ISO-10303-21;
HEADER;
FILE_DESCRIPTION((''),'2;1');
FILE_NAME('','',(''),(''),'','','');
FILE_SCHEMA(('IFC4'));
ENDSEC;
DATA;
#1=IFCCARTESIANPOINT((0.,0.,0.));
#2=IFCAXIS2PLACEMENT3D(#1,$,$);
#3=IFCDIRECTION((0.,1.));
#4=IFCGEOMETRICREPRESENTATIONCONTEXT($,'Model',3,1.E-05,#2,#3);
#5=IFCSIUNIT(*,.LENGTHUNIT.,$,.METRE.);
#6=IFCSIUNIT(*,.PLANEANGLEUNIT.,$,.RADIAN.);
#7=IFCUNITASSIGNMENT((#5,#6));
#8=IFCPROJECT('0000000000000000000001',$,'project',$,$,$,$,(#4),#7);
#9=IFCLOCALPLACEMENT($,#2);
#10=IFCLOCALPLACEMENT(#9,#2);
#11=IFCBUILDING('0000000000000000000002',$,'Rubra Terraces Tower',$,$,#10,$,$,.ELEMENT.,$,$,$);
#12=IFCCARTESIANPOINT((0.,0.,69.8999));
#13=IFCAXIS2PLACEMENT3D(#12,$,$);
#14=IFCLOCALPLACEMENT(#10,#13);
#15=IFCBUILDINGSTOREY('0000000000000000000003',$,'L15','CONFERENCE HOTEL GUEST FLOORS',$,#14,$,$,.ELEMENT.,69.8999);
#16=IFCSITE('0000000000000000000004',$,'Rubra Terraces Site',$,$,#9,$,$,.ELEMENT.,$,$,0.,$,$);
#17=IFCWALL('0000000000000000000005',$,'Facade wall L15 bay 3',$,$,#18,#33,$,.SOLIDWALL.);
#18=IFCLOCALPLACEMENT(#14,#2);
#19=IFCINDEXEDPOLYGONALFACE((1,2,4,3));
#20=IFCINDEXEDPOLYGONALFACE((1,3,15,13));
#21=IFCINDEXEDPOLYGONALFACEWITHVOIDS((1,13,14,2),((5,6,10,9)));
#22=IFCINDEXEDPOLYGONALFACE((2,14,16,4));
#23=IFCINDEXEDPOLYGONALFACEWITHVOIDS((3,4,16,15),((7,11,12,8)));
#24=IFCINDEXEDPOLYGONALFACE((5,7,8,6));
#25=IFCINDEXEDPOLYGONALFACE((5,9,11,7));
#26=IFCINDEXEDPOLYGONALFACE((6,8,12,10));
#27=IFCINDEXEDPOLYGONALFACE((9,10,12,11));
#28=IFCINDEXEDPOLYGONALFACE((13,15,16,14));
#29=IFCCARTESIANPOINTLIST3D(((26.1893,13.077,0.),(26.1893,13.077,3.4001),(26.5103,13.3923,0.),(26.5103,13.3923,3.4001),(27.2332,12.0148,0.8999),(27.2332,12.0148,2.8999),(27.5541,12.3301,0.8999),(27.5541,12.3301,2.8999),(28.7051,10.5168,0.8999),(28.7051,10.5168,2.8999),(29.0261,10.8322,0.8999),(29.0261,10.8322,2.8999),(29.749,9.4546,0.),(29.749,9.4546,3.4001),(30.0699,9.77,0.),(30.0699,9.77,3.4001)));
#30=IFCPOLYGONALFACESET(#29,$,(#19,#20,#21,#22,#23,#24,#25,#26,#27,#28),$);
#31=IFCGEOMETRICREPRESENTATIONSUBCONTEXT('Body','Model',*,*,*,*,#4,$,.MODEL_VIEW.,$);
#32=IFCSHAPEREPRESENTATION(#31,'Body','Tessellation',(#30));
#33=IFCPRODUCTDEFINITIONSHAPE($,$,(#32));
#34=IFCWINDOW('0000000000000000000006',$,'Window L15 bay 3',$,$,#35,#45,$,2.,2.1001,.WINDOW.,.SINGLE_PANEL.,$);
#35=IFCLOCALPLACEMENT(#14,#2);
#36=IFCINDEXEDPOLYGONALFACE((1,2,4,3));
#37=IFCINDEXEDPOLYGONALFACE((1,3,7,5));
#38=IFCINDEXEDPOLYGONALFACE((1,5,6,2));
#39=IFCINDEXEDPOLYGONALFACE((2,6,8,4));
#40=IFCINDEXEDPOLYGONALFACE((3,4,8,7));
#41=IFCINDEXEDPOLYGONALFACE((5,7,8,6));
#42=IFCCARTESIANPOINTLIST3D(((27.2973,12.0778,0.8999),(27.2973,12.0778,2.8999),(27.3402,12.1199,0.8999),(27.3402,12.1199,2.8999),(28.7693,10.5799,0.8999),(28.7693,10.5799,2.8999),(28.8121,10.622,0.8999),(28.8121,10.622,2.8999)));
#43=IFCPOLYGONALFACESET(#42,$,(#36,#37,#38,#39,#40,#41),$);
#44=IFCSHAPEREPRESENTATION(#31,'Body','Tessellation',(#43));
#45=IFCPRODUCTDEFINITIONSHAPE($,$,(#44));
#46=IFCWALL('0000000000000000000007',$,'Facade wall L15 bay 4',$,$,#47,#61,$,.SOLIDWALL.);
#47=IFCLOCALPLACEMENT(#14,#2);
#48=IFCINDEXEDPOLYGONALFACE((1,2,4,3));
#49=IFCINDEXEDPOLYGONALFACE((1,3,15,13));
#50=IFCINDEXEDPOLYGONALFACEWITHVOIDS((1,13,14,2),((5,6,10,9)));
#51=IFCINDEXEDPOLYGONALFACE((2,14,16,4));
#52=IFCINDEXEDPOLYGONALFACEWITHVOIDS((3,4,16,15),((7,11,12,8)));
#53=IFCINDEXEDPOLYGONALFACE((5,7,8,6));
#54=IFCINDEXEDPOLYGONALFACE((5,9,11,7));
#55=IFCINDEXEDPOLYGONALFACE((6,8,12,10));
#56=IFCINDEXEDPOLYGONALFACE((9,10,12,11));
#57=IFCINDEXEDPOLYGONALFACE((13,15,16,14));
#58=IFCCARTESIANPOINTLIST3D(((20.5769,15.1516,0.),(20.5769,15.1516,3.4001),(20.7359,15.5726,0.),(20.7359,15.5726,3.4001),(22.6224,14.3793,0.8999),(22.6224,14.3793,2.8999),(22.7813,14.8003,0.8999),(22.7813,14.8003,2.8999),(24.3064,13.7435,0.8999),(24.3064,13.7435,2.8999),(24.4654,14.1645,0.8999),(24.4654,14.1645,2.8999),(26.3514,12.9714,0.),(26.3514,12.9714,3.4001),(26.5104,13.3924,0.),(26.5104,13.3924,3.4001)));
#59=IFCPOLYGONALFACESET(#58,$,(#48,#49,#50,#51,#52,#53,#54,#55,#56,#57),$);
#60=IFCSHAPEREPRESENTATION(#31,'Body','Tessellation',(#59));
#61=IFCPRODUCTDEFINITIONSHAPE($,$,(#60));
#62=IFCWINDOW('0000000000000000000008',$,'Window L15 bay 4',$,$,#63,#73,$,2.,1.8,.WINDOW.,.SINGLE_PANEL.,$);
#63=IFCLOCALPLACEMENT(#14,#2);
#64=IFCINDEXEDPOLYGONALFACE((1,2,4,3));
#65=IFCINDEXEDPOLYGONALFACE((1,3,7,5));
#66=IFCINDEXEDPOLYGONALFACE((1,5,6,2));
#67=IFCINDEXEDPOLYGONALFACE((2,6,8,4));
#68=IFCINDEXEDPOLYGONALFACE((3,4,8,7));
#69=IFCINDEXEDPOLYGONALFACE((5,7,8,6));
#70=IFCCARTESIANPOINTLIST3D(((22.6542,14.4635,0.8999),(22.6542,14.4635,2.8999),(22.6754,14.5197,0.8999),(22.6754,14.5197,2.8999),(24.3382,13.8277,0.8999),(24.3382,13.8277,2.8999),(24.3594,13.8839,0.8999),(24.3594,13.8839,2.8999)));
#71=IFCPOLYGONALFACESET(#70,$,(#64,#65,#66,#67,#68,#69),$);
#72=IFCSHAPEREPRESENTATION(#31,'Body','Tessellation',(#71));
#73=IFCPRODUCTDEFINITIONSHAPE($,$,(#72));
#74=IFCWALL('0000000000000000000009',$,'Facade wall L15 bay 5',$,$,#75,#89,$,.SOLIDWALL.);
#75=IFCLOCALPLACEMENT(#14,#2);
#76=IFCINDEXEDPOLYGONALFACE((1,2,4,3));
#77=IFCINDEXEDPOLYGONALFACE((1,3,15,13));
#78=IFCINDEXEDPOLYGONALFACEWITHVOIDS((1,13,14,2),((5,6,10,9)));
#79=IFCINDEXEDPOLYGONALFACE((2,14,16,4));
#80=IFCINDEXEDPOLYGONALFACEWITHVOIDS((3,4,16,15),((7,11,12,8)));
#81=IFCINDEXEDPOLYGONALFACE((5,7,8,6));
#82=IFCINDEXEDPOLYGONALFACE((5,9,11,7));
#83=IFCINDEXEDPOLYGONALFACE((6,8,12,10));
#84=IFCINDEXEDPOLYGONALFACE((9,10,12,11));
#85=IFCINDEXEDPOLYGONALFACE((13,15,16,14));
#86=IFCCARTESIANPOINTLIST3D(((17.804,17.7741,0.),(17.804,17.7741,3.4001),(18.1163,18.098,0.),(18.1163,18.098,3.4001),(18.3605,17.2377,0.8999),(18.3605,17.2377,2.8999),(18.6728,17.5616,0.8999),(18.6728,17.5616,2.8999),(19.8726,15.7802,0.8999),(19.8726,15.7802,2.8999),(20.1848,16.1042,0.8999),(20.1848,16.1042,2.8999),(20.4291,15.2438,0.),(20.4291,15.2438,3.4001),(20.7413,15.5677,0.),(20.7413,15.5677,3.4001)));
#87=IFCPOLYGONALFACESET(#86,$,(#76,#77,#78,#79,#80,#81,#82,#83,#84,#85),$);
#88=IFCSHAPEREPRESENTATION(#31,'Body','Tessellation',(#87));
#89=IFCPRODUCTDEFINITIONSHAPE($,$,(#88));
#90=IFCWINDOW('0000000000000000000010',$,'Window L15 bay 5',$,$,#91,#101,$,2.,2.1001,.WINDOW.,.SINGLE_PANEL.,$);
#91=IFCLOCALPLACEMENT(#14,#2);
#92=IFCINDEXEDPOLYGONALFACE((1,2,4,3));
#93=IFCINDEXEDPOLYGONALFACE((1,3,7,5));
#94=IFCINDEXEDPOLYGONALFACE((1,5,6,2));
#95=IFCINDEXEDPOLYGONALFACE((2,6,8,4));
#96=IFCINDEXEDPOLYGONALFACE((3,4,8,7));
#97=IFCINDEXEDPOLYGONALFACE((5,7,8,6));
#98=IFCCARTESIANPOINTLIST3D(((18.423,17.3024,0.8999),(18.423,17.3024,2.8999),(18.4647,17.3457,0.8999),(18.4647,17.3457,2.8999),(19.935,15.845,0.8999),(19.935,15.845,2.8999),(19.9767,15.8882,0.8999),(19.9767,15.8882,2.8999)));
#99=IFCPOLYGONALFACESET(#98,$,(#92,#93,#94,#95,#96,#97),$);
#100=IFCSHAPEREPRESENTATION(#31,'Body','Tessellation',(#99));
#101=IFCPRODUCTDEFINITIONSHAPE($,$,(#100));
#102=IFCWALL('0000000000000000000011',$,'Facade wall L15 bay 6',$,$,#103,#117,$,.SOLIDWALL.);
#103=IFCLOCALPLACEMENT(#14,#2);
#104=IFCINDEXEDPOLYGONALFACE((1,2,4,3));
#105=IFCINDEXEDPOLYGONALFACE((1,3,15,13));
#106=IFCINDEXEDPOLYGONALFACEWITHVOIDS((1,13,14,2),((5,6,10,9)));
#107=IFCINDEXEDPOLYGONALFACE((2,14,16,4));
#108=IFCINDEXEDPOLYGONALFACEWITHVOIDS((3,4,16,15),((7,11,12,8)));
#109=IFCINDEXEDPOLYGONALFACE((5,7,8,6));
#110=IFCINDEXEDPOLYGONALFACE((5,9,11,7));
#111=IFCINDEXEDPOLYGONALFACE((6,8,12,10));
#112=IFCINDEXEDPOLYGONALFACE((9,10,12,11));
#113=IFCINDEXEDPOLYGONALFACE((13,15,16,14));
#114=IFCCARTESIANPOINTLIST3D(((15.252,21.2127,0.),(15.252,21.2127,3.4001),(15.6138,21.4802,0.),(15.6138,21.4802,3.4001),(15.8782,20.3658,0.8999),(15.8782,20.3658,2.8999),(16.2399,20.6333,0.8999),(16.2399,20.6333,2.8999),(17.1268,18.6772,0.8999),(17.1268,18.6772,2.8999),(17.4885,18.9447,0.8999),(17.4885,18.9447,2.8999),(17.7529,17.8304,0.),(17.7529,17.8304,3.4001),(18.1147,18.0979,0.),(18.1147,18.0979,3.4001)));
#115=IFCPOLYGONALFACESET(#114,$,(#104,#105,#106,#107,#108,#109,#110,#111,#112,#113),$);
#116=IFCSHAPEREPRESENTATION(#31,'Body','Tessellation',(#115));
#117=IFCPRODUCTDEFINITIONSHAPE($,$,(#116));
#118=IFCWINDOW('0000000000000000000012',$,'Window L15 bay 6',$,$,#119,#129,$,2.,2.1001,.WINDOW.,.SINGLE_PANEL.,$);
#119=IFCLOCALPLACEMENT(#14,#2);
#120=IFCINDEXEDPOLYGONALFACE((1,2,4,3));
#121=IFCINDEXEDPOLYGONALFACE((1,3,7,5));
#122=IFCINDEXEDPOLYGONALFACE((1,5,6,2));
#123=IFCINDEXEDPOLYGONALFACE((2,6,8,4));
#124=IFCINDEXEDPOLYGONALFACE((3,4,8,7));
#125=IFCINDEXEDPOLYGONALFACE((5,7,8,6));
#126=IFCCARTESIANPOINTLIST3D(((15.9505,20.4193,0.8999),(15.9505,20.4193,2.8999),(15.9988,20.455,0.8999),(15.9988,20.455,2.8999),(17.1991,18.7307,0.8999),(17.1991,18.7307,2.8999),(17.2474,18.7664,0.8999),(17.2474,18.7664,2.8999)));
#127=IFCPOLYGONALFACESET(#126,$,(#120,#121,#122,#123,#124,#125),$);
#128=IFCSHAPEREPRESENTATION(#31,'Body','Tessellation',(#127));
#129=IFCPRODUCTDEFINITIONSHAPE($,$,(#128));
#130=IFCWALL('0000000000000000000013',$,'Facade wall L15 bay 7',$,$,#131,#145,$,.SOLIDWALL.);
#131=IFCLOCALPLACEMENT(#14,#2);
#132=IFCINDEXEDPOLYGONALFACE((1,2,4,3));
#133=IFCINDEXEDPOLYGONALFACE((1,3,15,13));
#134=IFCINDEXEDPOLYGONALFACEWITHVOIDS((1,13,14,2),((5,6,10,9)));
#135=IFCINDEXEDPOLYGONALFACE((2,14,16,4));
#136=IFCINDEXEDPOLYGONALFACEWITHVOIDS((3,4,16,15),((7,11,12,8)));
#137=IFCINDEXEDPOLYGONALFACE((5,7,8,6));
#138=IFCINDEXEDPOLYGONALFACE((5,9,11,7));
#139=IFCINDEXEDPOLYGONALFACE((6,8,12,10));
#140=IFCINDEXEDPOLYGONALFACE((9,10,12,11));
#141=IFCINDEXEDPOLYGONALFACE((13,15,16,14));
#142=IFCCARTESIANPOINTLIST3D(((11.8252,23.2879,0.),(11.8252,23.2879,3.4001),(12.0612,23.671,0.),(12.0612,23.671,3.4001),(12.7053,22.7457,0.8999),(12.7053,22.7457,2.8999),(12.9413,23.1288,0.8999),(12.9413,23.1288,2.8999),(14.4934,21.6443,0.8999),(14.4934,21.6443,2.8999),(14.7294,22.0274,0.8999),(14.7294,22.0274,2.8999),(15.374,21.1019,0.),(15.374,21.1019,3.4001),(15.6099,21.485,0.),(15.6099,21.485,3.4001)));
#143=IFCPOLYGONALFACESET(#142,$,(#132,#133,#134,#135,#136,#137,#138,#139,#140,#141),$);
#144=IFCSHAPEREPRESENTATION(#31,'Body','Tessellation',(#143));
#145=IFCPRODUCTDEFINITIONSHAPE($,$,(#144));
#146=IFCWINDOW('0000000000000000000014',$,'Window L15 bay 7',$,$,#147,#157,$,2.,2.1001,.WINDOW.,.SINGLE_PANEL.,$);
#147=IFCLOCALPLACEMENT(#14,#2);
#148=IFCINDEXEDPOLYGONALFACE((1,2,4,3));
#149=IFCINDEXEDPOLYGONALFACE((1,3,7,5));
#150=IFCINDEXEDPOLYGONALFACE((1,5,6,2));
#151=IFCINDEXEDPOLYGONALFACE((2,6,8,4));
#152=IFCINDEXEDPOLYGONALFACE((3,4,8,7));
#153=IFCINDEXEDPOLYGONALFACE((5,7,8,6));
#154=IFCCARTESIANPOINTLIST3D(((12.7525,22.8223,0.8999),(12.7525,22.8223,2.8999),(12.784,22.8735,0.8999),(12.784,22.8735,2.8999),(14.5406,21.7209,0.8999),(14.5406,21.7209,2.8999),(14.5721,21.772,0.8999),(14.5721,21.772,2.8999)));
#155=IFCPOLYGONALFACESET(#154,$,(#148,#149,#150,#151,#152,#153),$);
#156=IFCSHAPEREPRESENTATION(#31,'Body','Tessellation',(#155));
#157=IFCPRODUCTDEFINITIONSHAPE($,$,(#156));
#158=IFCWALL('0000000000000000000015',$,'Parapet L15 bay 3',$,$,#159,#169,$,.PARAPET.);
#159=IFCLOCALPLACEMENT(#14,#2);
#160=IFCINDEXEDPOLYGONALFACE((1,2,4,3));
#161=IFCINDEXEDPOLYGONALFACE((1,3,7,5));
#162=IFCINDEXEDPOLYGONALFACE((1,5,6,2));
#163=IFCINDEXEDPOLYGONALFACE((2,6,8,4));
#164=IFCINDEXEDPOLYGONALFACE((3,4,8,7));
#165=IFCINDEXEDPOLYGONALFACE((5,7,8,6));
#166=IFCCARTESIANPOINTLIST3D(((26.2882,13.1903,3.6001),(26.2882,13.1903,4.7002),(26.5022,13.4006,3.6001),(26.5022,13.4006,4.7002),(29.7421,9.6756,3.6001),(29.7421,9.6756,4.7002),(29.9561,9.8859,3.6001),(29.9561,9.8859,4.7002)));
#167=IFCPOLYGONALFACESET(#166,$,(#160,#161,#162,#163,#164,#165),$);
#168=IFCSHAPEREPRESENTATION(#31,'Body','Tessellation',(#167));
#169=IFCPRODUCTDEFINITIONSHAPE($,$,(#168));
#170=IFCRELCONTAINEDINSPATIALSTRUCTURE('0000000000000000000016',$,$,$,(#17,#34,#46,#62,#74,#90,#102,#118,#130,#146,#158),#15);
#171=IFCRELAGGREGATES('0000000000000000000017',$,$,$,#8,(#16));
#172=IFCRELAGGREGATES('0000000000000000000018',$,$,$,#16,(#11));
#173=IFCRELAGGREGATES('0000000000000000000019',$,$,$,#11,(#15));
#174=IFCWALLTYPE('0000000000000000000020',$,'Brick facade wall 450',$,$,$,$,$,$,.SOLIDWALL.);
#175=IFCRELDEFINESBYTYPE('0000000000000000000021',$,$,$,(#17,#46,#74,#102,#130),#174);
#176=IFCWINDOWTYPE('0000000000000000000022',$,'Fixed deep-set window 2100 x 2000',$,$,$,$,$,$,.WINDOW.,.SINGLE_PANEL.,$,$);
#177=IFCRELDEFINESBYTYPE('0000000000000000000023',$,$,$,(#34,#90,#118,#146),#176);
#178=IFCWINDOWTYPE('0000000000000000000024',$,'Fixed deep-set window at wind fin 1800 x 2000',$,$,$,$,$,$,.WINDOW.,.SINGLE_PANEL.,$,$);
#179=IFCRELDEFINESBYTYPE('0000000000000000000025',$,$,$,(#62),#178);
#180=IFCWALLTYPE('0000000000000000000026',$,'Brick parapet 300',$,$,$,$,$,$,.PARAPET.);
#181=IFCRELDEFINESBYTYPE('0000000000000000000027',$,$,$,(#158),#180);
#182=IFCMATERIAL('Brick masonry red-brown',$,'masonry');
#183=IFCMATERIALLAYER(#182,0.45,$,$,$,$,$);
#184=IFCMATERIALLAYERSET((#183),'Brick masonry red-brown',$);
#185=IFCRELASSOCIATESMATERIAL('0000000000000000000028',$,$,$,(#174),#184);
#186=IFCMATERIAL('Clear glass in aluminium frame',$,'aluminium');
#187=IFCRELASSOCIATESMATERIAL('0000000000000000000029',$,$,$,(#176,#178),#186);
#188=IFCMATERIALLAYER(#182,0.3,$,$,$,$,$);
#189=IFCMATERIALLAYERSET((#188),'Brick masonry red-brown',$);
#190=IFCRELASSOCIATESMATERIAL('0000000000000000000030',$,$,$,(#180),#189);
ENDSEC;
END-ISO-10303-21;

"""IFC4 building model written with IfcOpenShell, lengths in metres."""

from ifc_helpers import new_model, si_unit, direction, frame, frame_2d, origin, place, context, subcontext, project, spatial, rectangle, extrude, material, layer, layer_set, type_object, element, fill, save


model = new_model("IFC4")

# Units and contexts
model_context = context("Model", 3, precision=1e-05, world=origin(), true_north=direction((0.0, 1.0)))
body_context = subcontext(model_context, "Body", "Model", "MODEL_VIEW")
ifc_project = project(units=[si_unit("LENGTHUNIT", "METRE"), si_unit("PLANEANGLEUNIT", "RADIAN")], contexts=[model_context])

# Site, building, storey
site_placement = place(None, origin())
site = spatial("IfcSite", under=ifc_project, at=site_placement, Name="Rubra Terraces Site", CompositionType="ELEMENT", RefElevation=0.0)
building_placement = place(site_placement, origin())
building = spatial("IfcBuilding", under=site, at=building_placement, Name="Rubra Terraces Tower", CompositionType="ELEMENT")
storey_placement = place(building_placement, frame((0.0, 0.0, 69.8999)))
storey = spatial("IfcBuildingStorey", under=building, at=storey_placement, Name="L15", Description="CONFERENCE HOTEL GUEST FLOORS", CompositionType="ELEMENT", Elevation=69.8999)

# Walls, openings, windows
ifc_material_1 = material(Name="Brick masonry red-brown", Category="masonry")
ifc_layer_1 = layer(ifc_material_1, 0.45)
ifc_layer_set_1 = layer_set([ifc_layer_1], Name="Brick masonry red-brown")
wall_type_1 = type_object("IfcWallType", Name="Brick facade wall 450", PredefinedType="SOLIDWALL", material=ifc_layer_set_1)
wall_1_placement = place(storey_placement, frame((29.9094, 9.6123, 0.0), z_axis=(0.0, 0.0, 1.0), x_axis=(-0.700902, 0.713257, 0.0)))
wall_1 = element("IfcWall", 1, at=wall_1_placement, inside=storey, type_object=wall_type_1, Name="Facade wall L15 bay 3", PredefinedType="SOLIDWALL", context=body_context, shape_type="SweptSolid", body=[
    extrude(rectangle(XDim=5.0786, YDim=0.45, at=frame_2d((2.5393, 0.0))), origin(), (0.0, 0.0, 1.0), 3.4001),
])
opening_1_placement = place(wall_1_placement, frame((1.4893, 0.0, 0.8999)))
opening_1 = element("IfcOpeningElement", 2, at=opening_1_placement, cuts=wall_1, PredefinedType="OPENING", context=body_context, shape_type="SweptSolid", body=[
    extrude(rectangle(XDim=2.1001, YDim=2.0, at=frame_2d((1.05, 1.0))), frame((0.0, 0.2349, 0.0), z_axis=(0.0, -1.0, 0.0), x_axis=(1.0, 0.0, 0.0)), (0.0, 0.0, 1.0), 0.47),
])
ifc_material_2 = material(Name="Clear glass in aluminium frame", Category="aluminium")
window_type_1 = type_object("IfcWindowType", Name="Fixed deep-set window 2100 x 2000", PartitioningType="SINGLE_PANEL", PredefinedType="WINDOW", material=ifc_material_2)
window_1_placement = place(opening_1_placement, origin())
window_1 = element("IfcWindow", 3, at=window_1_placement, inside=storey, type_object=window_type_1, Name="Window L15 bay 3", OverallHeight=2.0, OverallWidth=2.1001, PartitioningType="SINGLE_PANEL", PredefinedType="WINDOW", context=body_context, shape_type="SweptSolid", body=[
    extrude(rectangle(XDim=2.1001, YDim=2.0, at=frame_2d((1.05, 1.0))), frame((0.0, 0.135, 0.0), z_axis=(0.0, -1.0, 0.0), x_axis=(1.0, 0.0, 0.0)), (0.0, 0.0, 1.0), 0.0601),
])
fill(opening_1, window_1)
wall_2_placement = place(storey_placement, frame((26.4309, 13.1819, 0.0), z_axis=(0.0, 0.0, 1.0), x_axis=(-0.93554, 0.353221, 0.0)))
wall_2 = element("IfcWall", 4, at=wall_2_placement, inside=storey, type_object=wall_type_1, Name="Facade wall L15 bay 4", PredefinedType="SOLIDWALL", context=body_context, shape_type="SweptSolid", body=[
    extrude(rectangle(XDim=6.1724, YDim=0.45, at=frame_2d((3.0862, 0.0))), origin(), (0.0, 0.0, 1.0), 3.4001),
])
opening_2_placement = place(wall_2_placement, frame((2.186, 0.0, 0.8999)))
opening_2 = element("IfcOpeningElement", 5, at=opening_2_placement, cuts=wall_2, PredefinedType="OPENING", context=body_context, shape_type="SweptSolid", body=[
    extrude(rectangle(XDim=1.8, YDim=2.0, at=frame_2d((0.8999, 1.0))), frame((0.0, 0.2349, 0.0), z_axis=(0.0, -1.0, 0.0), x_axis=(1.0, 0.0, 0.0)), (0.0, 0.0, 1.0), 0.47),
])
window_type_2 = type_object("IfcWindowType", Name="Fixed deep-set window at wind fin 1800 x 2000", PartitioningType="SINGLE_PANEL", PredefinedType="WINDOW", material=ifc_material_2)
window_2_placement = place(opening_2_placement, origin())
window_2 = element("IfcWindow", 6, at=window_2_placement, inside=storey, type_object=window_type_2, Name="Window L15 bay 4", OverallHeight=2.0, OverallWidth=1.8, PartitioningType="SINGLE_PANEL", PredefinedType="WINDOW", context=body_context, shape_type="SweptSolid", body=[
    extrude(rectangle(XDim=1.8, YDim=2.0, at=frame_2d((0.8999, 1.0))), frame((0.0, 0.135, 0.0), z_axis=(0.0, -1.0, 0.0), x_axis=(1.0, 0.0, 0.0)), (0.0, 0.0, 1.0), 0.0601),
])
fill(opening_2, window_2)
wall_3_placement = place(storey_placement, frame((20.5852, 15.4058, 0.0), z_axis=(0.0, 0.0, 1.0), x_axis=(-0.719978, 0.693997, 0.0)))
wall_3 = element("IfcWall", 7, at=wall_3_placement, inside=storey, type_object=wall_type_1, Name="Facade wall L15 bay 5", PredefinedType="SOLIDWALL", context=body_context, shape_type="SweptSolid", body=[
    extrude(rectangle(XDim=3.646, YDim=0.45, at=frame_2d((1.823, 0.0))), origin(), (0.0, 0.0, 1.0), 3.4001),
])
opening_3_placement = place(wall_3_placement, frame((0.7729, 0.0, 0.8999)))
opening_3 = element("IfcOpeningElement", 8, at=opening_3_placement, cuts=wall_3, PredefinedType="OPENING", context=body_context, shape_type="SweptSolid", body=[
    extrude(rectangle(XDim=2.1001, YDim=2.0, at=frame_2d((1.05, 1.0))), frame((0.0, 0.2349, 0.0), z_axis=(0.0, -1.0, 0.0), x_axis=(1.0, 0.0, 0.0)), (0.0, 0.0, 1.0), 0.47),
])
window_3_placement = place(opening_3_placement, origin())
window_3 = element("IfcWindow", 9, at=window_3_placement, inside=storey, type_object=window_type_1, Name="Window L15 bay 5", OverallHeight=2.0, OverallWidth=2.1001, PartitioningType="SINGLE_PANEL", PredefinedType="WINDOW", context=body_context, shape_type="SweptSolid", body=[
    extrude(rectangle(XDim=2.1001, YDim=2.0, at=frame_2d((1.05, 1.0))), frame((0.0, 0.135, 0.0), z_axis=(0.0, -1.0, 0.0), x_axis=(1.0, 0.0, 0.0)), (0.0, 0.0, 1.0), 0.0601),
])
fill(opening_3, window_3)
wall_4_placement = place(storey_placement, frame((17.9338, 17.9641, 0.0), z_axis=(0.0, 0.0, 1.0), x_axis=(-0.594544, 0.804063, 0.0)))
wall_4 = element("IfcWall", 10, at=wall_4_placement, inside=storey, type_object=wall_type_1, Name="Facade wall L15 bay 6", PredefinedType="SOLIDWALL", context=body_context, shape_type="SweptSolid", body=[
    extrude(rectangle(XDim=4.2065, YDim=0.45, at=frame_2d((2.1033, 0.0))), origin(), (0.0, 0.0, 1.0), 3.4001),
])
opening_4_placement = place(wall_4_placement, frame((1.0532, 0.0, 0.8999)))
opening_4 = element("IfcOpeningElement", 11, at=opening_4_placement, cuts=wall_4, PredefinedType="OPENING", context=body_context, shape_type="SweptSolid", body=[
    extrude(rectangle(XDim=2.1001, YDim=2.0, at=frame_2d((1.05, 1.0))), frame((0.0, 0.2349, 0.0), z_axis=(0.0, -1.0, 0.0), x_axis=(1.0, 0.0, 0.0)), (0.0, 0.0, 1.0), 0.47),
])
window_4_placement = place(opening_4_placement, origin())
window_4 = element("IfcWindow", 12, at=window_4_placement, inside=storey, type_object=window_type_1, Name="Window L15 bay 6", OverallHeight=2.0, OverallWidth=2.1001, PartitioningType="SINGLE_PANEL", PredefinedType="WINDOW", context=body_context, shape_type="SweptSolid", body=[
    extrude(rectangle(XDim=2.1001, YDim=2.0, at=frame_2d((1.05, 1.0))), frame((0.0, 0.135, 0.0), z_axis=(0.0, -1.0, 0.0), x_axis=(1.0, 0.0, 0.0)), (0.0, 0.0, 1.0), 0.0601),
])
fill(opening_4, window_4)
wall_5_placement = place(storey_placement, frame((15.4919, 21.2935, 0.0), z_axis=(0.0, 0.0, 1.0), x_axis=(-0.851429, 0.52447, 0.0)))
wall_5 = element("IfcWall", 13, at=wall_5_placement, inside=storey, type_object=wall_type_1, Name="Facade wall L15 bay 7", PredefinedType="SOLIDWALL", context=body_context, shape_type="SweptSolid", body=[
    extrude(rectangle(XDim=4.168, YDim=0.45, at=frame_2d((2.084, 0.0))), origin(), (0.0, 0.0, 1.0), 3.4001),
])
opening_5_placement = place(wall_5_placement, frame((1.0342, 0.0, 0.8999)))
opening_5 = element("IfcOpeningElement", 14, at=opening_5_placement, cuts=wall_5, PredefinedType="OPENING", context=body_context, shape_type="SweptSolid", body=[
    extrude(rectangle(XDim=2.1001, YDim=2.0, at=frame_2d((1.05, 1.0))), frame((0.0, 0.2349, 0.0), z_axis=(0.0, -1.0, 0.0), x_axis=(1.0, 0.0, 0.0)), (0.0, 0.0, 1.0), 0.47),
])
window_5_placement = place(opening_5_placement, origin())
window_5 = element("IfcWindow", 15, at=window_5_placement, inside=storey, type_object=window_type_1, Name="Window L15 bay 7", OverallHeight=2.0, OverallWidth=2.1001, PartitioningType="SINGLE_PANEL", PredefinedType="WINDOW", context=body_context, shape_type="SweptSolid", body=[
    extrude(rectangle(XDim=2.1001, YDim=2.0, at=frame_2d((1.05, 1.0))), frame((0.0, 0.135, 0.0), z_axis=(0.0, -1.0, 0.0), x_axis=(1.0, 0.0, 0.0)), (0.0, 0.0, 1.0), 0.0601),
])
fill(opening_5, window_5)

# Wall
ifc_layer_2 = layer(ifc_material_1, 0.3)
ifc_layer_set_2 = layer_set([ifc_layer_2], Name="Brick masonry red-brown")
wall_type_2 = type_object("IfcWallType", Name="Brick parapet 300", PredefinedType="PARAPET", material=ifc_layer_set_2)
wall_6_placement = place(storey_placement, frame((29.8491, 9.7808, 3.6001), z_axis=(0.0, 0.0, 1.0), x_axis=(-0.700912, 0.713248, 0.0)))
element("IfcWall", 16, at=wall_6_placement, inside=storey, type_object=wall_type_2, Name="Parapet L15 bay 3", PredefinedType="PARAPET", context=body_context, shape_type="SweptSolid", body=[
    extrude(rectangle(XDim=4.9277, YDim=0.3, at=frame_2d((2.4639, 0.0))), origin(), (0.0, 0.0, 1.0), 1.1001),
])

save(model, "model.ifc")
